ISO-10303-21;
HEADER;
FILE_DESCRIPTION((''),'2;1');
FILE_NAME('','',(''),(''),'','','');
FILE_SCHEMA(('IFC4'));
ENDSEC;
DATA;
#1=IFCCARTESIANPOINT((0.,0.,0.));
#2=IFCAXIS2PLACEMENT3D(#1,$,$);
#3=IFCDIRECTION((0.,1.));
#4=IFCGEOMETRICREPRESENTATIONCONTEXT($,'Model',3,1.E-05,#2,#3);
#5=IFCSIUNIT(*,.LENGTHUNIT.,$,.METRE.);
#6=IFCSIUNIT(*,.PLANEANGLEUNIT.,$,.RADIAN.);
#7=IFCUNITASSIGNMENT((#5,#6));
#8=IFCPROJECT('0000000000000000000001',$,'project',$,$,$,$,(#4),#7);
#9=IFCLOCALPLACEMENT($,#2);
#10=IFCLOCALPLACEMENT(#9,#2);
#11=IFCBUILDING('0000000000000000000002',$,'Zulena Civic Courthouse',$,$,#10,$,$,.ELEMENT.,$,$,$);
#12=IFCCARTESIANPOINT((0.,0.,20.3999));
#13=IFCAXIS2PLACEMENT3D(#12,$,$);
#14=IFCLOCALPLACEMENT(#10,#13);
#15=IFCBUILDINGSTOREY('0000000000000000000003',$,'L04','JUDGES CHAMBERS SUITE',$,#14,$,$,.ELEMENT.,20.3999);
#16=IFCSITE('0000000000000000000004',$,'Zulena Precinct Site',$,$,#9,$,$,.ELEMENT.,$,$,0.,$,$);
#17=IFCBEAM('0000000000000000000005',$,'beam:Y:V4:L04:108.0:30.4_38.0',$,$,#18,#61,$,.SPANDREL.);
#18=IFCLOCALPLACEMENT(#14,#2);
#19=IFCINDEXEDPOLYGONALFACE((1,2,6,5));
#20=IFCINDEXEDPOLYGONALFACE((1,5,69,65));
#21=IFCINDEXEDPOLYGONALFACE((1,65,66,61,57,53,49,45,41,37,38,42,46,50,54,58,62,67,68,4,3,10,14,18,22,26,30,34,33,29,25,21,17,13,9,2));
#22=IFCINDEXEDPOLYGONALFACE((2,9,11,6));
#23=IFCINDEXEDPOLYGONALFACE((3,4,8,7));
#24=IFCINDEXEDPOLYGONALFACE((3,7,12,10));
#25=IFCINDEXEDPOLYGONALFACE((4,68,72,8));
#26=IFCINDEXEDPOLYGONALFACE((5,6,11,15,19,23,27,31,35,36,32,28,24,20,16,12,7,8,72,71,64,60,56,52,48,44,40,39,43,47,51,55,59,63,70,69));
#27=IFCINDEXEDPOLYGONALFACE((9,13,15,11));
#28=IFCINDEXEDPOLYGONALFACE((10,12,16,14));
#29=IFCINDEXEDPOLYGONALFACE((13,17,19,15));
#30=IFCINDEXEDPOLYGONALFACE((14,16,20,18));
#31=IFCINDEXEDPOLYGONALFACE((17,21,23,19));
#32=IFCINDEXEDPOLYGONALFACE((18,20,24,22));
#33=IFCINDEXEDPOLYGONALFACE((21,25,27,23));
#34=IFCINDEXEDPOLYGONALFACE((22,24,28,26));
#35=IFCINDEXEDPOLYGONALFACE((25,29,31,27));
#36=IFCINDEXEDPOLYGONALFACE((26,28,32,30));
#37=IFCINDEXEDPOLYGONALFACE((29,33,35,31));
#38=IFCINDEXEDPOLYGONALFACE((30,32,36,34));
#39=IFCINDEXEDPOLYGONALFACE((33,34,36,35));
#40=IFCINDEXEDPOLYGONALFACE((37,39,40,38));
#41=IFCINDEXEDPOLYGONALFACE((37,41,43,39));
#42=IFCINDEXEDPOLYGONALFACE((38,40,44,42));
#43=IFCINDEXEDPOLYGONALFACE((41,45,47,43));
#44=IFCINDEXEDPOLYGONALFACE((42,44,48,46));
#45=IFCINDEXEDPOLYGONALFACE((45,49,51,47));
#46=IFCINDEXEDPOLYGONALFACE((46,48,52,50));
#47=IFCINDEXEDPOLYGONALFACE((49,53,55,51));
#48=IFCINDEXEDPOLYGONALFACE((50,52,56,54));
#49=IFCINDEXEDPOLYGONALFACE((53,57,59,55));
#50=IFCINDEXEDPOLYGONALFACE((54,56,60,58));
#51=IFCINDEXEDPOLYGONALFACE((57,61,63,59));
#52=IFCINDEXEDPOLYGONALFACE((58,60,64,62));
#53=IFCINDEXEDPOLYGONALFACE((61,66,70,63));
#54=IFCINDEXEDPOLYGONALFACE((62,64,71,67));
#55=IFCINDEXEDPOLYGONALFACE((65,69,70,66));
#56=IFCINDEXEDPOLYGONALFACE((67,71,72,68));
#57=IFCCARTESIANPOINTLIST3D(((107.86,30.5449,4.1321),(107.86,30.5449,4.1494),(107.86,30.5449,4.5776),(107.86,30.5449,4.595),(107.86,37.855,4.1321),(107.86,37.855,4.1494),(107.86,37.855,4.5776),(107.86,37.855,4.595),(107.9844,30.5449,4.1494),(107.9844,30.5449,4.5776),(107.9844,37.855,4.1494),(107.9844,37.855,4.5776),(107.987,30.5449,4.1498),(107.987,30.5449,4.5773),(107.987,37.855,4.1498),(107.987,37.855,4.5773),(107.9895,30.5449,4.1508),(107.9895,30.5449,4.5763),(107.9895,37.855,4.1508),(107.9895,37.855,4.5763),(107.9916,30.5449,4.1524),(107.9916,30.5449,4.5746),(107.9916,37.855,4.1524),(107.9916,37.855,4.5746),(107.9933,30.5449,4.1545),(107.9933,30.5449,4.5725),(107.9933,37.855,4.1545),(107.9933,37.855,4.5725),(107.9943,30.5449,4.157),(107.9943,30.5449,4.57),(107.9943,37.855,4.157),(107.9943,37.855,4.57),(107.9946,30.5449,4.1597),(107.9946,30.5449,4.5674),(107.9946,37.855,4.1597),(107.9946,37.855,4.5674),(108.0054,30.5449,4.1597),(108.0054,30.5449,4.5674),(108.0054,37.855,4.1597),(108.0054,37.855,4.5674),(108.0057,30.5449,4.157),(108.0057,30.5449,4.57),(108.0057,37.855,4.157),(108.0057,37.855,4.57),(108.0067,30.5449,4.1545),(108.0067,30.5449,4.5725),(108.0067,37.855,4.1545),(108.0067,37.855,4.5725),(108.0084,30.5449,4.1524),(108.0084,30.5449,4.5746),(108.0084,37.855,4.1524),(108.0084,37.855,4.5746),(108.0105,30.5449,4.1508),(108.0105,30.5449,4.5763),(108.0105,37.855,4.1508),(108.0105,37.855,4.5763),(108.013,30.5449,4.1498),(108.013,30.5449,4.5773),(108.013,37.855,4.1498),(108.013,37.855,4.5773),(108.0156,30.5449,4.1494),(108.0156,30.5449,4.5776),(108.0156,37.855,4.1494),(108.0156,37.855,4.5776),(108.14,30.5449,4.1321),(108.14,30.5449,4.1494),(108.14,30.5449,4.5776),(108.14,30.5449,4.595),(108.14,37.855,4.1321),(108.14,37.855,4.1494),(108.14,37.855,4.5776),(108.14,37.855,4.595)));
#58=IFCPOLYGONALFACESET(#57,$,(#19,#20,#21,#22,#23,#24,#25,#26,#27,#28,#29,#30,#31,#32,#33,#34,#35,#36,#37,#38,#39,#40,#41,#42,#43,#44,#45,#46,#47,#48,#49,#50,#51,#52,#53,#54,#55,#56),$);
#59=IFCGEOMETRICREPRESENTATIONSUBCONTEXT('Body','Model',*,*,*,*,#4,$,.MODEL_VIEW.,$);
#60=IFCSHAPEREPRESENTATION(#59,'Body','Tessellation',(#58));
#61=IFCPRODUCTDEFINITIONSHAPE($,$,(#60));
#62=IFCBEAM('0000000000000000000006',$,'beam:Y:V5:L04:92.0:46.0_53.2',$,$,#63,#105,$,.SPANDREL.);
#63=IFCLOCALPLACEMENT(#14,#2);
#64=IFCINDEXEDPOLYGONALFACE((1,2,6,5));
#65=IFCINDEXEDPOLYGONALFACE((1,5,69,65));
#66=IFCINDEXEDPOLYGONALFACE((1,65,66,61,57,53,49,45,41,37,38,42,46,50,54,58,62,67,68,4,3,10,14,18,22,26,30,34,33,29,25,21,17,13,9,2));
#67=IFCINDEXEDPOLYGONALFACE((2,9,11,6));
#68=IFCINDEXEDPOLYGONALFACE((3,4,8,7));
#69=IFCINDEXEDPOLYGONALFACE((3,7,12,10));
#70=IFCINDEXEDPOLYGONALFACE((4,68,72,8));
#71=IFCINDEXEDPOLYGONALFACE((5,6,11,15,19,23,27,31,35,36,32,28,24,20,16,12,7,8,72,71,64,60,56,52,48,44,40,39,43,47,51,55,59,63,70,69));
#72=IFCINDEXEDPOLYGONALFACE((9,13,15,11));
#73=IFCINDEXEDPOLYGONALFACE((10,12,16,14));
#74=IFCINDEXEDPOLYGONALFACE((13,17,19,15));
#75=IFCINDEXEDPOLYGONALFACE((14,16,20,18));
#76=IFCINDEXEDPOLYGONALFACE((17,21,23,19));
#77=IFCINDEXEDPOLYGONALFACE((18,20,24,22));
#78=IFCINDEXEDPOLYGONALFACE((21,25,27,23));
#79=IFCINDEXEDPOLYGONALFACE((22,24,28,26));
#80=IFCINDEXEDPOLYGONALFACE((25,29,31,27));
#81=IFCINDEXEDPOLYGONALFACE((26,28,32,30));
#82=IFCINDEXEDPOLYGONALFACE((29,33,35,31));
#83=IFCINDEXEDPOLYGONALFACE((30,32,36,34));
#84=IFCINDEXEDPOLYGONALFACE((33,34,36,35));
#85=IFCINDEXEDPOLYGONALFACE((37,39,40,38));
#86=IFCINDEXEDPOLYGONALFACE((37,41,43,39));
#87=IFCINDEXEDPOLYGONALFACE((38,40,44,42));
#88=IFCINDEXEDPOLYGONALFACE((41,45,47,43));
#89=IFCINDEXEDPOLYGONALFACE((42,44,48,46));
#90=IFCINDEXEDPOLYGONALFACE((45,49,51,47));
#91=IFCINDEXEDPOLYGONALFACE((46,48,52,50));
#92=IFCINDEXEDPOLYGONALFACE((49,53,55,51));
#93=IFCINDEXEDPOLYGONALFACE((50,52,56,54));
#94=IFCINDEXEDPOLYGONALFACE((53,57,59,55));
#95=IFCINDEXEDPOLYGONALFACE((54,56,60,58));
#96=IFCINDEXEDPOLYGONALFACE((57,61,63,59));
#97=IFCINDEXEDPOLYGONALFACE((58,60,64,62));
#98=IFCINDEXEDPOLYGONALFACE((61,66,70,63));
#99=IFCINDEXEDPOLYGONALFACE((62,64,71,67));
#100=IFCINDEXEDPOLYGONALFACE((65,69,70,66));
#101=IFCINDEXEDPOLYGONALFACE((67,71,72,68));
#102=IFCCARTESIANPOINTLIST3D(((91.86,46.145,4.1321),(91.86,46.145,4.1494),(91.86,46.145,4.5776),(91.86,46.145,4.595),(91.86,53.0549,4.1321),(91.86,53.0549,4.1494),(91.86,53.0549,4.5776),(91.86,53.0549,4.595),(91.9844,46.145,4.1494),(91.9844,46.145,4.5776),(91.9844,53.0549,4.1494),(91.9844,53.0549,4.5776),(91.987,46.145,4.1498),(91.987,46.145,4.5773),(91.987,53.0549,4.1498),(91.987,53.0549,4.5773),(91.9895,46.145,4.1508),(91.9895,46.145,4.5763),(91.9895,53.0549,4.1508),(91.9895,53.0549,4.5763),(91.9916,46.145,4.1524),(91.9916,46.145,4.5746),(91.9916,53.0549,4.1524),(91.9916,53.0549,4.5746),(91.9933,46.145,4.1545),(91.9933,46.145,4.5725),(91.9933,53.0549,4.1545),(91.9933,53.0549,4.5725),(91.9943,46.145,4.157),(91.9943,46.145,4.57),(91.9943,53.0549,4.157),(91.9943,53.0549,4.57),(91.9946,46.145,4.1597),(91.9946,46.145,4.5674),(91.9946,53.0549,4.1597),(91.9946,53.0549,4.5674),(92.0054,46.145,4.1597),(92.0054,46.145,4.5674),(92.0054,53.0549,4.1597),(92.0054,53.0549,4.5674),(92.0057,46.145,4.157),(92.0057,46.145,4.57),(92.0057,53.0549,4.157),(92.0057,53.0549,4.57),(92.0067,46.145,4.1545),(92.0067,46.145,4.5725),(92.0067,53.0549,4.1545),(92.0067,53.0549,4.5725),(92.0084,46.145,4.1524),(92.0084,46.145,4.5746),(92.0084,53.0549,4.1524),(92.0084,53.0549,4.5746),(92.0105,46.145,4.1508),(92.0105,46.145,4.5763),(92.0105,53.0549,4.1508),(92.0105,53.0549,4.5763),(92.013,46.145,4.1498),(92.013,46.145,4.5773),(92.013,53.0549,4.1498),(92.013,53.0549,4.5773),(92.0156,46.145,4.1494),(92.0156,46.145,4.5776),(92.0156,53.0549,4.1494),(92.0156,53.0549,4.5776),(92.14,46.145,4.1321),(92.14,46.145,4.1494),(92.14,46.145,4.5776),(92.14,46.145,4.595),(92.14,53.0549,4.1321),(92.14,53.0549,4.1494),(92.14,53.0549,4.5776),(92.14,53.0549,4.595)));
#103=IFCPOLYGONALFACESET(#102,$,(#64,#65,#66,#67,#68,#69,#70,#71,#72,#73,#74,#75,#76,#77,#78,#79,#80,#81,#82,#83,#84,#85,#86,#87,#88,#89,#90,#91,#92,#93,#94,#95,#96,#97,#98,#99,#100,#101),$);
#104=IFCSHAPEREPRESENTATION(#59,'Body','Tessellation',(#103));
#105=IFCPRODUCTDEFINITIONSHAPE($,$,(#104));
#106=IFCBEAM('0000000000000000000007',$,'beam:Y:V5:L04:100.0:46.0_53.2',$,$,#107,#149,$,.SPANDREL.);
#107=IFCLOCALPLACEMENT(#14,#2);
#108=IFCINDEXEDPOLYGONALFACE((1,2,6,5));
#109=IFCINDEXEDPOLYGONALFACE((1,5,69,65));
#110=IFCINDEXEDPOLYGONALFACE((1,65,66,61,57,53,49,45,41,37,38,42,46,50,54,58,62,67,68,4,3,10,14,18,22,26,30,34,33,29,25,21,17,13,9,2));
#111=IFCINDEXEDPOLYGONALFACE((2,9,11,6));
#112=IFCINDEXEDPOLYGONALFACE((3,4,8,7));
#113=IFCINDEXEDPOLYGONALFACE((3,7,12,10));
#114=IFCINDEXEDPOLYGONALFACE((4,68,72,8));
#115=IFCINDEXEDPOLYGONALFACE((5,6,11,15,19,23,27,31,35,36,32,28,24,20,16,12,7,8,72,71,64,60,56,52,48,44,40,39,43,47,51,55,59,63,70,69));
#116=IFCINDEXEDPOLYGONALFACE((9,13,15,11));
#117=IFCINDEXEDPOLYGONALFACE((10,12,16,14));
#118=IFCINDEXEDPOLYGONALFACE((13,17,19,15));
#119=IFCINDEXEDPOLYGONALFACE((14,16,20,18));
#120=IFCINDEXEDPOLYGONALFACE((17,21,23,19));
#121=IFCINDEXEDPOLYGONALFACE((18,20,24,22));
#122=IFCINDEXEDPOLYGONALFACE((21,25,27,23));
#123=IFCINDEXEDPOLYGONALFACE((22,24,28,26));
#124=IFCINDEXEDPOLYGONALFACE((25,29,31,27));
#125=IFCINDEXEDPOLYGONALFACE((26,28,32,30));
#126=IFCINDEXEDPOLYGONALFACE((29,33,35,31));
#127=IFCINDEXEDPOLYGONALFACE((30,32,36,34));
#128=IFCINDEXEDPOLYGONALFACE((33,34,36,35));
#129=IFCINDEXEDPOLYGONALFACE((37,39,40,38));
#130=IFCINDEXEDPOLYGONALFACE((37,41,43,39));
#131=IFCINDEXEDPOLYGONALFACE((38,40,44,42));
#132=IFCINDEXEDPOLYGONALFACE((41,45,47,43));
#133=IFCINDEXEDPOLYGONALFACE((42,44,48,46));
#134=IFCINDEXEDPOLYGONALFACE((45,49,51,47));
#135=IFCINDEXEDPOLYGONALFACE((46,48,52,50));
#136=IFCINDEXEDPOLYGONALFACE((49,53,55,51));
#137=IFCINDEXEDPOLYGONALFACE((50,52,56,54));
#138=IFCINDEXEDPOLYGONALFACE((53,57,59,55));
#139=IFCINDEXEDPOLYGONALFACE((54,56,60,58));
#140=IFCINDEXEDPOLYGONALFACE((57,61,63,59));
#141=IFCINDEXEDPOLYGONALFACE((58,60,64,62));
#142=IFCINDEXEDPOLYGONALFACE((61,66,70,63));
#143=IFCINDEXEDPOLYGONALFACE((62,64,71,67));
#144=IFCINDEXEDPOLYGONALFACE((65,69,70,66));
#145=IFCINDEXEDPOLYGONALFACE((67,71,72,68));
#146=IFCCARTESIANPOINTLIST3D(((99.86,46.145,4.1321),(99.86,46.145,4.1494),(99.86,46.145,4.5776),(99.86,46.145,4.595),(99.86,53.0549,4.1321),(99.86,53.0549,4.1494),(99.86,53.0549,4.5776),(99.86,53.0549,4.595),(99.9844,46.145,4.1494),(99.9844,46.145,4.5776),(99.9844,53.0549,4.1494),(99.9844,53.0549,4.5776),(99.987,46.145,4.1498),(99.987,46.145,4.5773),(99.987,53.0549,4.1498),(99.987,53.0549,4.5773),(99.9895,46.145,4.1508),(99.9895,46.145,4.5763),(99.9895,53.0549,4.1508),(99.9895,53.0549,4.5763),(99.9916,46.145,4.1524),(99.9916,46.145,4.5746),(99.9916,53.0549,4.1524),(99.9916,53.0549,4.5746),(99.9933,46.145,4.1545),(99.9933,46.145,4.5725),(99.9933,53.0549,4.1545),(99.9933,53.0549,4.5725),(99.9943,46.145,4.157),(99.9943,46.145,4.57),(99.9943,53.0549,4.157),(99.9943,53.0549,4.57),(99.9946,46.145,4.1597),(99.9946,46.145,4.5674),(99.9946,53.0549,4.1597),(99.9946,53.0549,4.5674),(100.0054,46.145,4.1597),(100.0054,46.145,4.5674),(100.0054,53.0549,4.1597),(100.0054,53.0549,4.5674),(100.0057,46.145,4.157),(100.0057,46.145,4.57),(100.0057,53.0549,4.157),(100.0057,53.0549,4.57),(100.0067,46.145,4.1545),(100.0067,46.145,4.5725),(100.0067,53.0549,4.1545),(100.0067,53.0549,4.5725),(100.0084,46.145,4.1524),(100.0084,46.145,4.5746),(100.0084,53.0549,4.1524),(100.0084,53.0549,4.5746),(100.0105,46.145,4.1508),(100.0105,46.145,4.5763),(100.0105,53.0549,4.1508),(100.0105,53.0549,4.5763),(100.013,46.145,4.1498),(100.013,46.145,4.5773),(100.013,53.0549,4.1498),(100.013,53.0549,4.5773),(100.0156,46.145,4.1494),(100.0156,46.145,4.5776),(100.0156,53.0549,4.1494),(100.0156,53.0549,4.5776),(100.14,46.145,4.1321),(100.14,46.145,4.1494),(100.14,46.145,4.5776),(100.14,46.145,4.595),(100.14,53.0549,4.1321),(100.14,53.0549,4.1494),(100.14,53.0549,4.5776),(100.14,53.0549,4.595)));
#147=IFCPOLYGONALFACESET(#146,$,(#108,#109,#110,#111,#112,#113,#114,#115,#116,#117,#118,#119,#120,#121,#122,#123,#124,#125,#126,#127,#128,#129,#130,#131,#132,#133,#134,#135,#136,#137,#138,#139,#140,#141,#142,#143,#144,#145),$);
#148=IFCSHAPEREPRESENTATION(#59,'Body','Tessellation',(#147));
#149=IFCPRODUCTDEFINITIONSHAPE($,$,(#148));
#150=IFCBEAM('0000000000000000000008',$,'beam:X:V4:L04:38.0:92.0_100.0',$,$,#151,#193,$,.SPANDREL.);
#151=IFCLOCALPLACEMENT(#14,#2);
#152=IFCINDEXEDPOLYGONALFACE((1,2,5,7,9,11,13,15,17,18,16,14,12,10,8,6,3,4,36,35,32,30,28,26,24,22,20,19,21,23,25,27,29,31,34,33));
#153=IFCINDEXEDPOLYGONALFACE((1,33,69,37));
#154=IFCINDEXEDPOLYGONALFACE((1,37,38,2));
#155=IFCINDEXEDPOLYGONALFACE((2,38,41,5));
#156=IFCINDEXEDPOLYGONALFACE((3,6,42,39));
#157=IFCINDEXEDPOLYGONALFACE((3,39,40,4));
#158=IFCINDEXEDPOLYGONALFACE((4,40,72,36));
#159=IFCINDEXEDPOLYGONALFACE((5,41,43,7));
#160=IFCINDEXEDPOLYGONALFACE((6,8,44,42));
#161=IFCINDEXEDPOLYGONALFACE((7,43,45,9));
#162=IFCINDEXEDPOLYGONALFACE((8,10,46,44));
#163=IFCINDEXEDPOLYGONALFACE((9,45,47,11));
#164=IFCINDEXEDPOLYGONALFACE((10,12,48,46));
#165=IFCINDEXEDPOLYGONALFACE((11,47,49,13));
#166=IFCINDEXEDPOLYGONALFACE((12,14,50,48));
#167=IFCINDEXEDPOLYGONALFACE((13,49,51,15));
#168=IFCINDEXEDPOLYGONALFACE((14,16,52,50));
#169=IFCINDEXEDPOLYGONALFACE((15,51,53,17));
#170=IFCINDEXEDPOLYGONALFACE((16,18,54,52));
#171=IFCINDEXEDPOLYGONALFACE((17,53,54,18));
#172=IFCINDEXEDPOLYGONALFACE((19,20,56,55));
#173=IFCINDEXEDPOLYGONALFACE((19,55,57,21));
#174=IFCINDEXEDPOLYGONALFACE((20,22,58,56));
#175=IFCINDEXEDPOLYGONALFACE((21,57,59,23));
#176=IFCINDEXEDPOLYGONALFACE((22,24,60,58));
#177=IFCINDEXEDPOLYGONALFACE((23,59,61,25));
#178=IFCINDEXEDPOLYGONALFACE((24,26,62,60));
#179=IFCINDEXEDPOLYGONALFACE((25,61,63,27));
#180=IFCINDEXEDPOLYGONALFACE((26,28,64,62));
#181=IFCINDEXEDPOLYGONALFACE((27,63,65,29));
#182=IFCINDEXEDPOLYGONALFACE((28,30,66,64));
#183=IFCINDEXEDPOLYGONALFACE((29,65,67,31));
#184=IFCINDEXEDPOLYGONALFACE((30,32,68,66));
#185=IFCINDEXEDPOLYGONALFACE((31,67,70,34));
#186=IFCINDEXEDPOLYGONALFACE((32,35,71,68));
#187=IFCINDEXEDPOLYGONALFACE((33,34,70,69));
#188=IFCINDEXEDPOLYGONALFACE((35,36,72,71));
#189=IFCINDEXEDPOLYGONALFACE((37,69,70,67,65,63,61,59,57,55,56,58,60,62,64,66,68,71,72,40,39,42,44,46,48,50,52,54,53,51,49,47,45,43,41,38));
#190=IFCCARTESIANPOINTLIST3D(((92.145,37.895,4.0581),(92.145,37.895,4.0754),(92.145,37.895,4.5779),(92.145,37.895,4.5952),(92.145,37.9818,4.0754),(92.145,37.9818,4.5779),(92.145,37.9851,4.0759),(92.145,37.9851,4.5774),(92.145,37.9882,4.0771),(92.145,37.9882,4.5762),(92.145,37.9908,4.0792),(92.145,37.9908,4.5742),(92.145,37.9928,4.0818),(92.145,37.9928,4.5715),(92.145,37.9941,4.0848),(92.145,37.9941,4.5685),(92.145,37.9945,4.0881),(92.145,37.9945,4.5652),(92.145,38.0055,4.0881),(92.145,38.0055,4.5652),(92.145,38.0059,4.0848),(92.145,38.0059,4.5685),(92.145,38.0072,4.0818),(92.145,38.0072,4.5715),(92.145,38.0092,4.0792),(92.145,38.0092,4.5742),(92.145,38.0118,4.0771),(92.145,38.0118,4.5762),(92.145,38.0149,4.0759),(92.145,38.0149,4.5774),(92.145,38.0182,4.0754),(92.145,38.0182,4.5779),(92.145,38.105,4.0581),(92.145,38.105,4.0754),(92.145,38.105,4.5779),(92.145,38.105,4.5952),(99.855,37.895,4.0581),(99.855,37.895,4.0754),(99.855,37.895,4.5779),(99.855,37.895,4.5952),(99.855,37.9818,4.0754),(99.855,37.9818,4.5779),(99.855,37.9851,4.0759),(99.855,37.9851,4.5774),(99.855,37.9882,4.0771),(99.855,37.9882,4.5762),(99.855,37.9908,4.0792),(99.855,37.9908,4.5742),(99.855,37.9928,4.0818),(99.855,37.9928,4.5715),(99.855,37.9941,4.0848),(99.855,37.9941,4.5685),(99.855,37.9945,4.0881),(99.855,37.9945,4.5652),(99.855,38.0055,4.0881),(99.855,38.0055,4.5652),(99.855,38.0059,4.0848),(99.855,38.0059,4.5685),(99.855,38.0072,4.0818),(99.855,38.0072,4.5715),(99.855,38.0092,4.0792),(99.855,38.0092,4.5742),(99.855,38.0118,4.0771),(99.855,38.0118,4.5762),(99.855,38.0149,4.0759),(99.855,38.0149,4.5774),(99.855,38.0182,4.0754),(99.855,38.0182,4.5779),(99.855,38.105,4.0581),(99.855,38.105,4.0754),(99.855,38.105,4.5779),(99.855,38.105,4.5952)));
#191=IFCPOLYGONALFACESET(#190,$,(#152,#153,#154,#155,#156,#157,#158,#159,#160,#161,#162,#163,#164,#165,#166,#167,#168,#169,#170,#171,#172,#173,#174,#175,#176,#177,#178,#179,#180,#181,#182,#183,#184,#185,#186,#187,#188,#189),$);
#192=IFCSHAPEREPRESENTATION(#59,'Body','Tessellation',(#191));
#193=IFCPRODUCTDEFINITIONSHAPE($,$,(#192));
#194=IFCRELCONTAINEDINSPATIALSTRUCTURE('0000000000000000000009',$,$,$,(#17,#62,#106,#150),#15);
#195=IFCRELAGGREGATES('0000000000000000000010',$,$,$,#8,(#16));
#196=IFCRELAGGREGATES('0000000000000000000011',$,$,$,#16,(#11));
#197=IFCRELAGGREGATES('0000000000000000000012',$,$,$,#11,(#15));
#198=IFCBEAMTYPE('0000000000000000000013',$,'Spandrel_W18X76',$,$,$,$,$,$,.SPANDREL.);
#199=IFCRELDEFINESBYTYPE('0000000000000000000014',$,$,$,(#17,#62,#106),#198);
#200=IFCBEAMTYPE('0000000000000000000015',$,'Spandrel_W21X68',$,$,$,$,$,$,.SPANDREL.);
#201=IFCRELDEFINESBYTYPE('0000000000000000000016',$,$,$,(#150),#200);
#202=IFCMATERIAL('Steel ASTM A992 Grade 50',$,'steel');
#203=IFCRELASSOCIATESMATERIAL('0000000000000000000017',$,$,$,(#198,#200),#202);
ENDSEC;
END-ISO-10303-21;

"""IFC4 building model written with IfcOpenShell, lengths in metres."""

from ifc_helpers import new_model, si_unit, direction, frame, origin, origin_2d, place, context, subcontext, project, spatial, i_section, extrude, material, material_profile, profile_set, type_object, element, save


model = new_model("IFC4")

# Units and contexts
model_context = context("Model", 3, precision=1e-05, world=origin(), true_north=direction((0.0, 1.0)))
body_context = subcontext(model_context, "Body", "Model", "MODEL_VIEW")
ifc_project = project(units=[si_unit("LENGTHUNIT", "METRE"), si_unit("PLANEANGLEUNIT", "RADIAN")], contexts=[model_context])

# Site, building, storey
site_placement = place(None, origin())
site = spatial("IfcSite", under=ifc_project, at=site_placement, Name="Zulena Precinct Site", CompositionType="ELEMENT", RefElevation=0.0)
building_placement = place(site_placement, origin())
building = spatial("IfcBuilding", under=site, at=building_placement, Name="Zulena Civic Courthouse", CompositionType="ELEMENT")
storey_placement = place(building_placement, frame((0.0, 0.0, 20.3999)))
storey = spatial("IfcBuildingStorey", under=building, at=storey_placement, Name="L04", Description="JUDGES CHAMBERS SUITE", CompositionType="ELEMENT", Elevation=20.3999)

# Shared definitions
ifc_material_1 = material(Name="Steel ASTM A992 Grade 50", Category="steel")

# Beams
ifc_material_profile_1 = material_profile(ifc_material_1, i_section(OverallWidth=0.28, OverallDepth=0.4629, WebThickness=0.0107, FlangeThickness=0.0173, FilletRadius=0.0103, at=origin_2d()), Name="W18X76")
ifc_profile_set_1 = profile_set([ifc_material_profile_1], Name="Steel ASTM A992 Grade 50")
beam_type_1 = type_object("IfcBeamType", Name="Spandrel_W18X76", PredefinedType="SPANDREL", material=ifc_profile_set_1)
beam_1_placement = place(storey_placement, frame((108.0, 30.5449, 4.3635), z_axis=(0.0, 1.0, 0.0), x_axis=(-1.0, 0.0, 0.0)))
element("IfcBeam", 1, at=beam_1_placement, inside=storey, type_object=beam_type_1, Name="beam:Y:V4:L04:108.0:30.4_38.0", PredefinedType="SPANDREL", context=body_context, shape_type="SweptSolid", body=[
    extrude(i_section(OverallWidth=0.28, OverallDepth=0.4629, WebThickness=0.0107, FlangeThickness=0.0173, FilletRadius=0.0103, at=origin_2d()), origin(), (0.0, 0.0, 1.0), 7.3101),
])
for number, where, z_axis, x_axis, name in (
    (2, (92.0, 46.145, 4.3635), (0.0, 1.0, 0.0), (-1.0, 0.0, 0.0), "beam:Y:V5:L04:92.0:46.0_53.2"),
    (3, (100.0, 46.145, 4.3635), (0.0, 1.0, 0.0), (-1.0, 0.0, 0.0), "beam:Y:V5:L04:100.0:46.0_53.2"),
):
    element("IfcBeam", number, at=place(storey_placement, frame(where, z_axis=z_axis, x_axis=x_axis)), inside=storey, type_object=beam_type_1, Name=name, PredefinedType="SPANDREL", context=body_context, shape_type="SweptSolid", body=[
        extrude(i_section(OverallWidth=0.28, OverallDepth=0.4629, WebThickness=0.0107, FlangeThickness=0.0173, FilletRadius=0.0103, at=origin_2d()), origin(), (0.0, 0.0, 1.0), 6.9099),
    ])
ifc_material_profile_2 = material_profile(ifc_material_1, i_section(OverallWidth=0.21, OverallDepth=0.5371, WebThickness=0.011, FlangeThickness=0.0173, FilletRadius=0.0127, at=origin_2d()), Name="W21X68")
ifc_profile_set_2 = profile_set([ifc_material_profile_2], Name="Steel ASTM A992 Grade 50")
beam_type_2 = type_object("IfcBeamType", Name="Spandrel_W21X68", PredefinedType="SPANDREL", material=ifc_profile_set_2)
for number, where, z_axis, x_axis, name in (
    (4, (92.145, 38.0, 4.3267), (1.0, 0.0, 0.0), (0.0, 1.0, 0.0), "beam:X:V4:L04:38.0:92.0_100.0"),
):
    element("IfcBeam", number, at=place(storey_placement, frame(where, z_axis=z_axis, x_axis=x_axis)), inside=storey, type_object=beam_type_2, Name=name, PredefinedType="SPANDREL", context=body_context, shape_type="SweptSolid", body=[
        extrude(i_section(OverallWidth=0.21, OverallDepth=0.5371, WebThickness=0.011, FlangeThickness=0.0173, FilletRadius=0.0127, at=origin_2d()), origin(), (0.0, 0.0, 1.0), 7.71),
    ])

save(model, "model.ifc")
